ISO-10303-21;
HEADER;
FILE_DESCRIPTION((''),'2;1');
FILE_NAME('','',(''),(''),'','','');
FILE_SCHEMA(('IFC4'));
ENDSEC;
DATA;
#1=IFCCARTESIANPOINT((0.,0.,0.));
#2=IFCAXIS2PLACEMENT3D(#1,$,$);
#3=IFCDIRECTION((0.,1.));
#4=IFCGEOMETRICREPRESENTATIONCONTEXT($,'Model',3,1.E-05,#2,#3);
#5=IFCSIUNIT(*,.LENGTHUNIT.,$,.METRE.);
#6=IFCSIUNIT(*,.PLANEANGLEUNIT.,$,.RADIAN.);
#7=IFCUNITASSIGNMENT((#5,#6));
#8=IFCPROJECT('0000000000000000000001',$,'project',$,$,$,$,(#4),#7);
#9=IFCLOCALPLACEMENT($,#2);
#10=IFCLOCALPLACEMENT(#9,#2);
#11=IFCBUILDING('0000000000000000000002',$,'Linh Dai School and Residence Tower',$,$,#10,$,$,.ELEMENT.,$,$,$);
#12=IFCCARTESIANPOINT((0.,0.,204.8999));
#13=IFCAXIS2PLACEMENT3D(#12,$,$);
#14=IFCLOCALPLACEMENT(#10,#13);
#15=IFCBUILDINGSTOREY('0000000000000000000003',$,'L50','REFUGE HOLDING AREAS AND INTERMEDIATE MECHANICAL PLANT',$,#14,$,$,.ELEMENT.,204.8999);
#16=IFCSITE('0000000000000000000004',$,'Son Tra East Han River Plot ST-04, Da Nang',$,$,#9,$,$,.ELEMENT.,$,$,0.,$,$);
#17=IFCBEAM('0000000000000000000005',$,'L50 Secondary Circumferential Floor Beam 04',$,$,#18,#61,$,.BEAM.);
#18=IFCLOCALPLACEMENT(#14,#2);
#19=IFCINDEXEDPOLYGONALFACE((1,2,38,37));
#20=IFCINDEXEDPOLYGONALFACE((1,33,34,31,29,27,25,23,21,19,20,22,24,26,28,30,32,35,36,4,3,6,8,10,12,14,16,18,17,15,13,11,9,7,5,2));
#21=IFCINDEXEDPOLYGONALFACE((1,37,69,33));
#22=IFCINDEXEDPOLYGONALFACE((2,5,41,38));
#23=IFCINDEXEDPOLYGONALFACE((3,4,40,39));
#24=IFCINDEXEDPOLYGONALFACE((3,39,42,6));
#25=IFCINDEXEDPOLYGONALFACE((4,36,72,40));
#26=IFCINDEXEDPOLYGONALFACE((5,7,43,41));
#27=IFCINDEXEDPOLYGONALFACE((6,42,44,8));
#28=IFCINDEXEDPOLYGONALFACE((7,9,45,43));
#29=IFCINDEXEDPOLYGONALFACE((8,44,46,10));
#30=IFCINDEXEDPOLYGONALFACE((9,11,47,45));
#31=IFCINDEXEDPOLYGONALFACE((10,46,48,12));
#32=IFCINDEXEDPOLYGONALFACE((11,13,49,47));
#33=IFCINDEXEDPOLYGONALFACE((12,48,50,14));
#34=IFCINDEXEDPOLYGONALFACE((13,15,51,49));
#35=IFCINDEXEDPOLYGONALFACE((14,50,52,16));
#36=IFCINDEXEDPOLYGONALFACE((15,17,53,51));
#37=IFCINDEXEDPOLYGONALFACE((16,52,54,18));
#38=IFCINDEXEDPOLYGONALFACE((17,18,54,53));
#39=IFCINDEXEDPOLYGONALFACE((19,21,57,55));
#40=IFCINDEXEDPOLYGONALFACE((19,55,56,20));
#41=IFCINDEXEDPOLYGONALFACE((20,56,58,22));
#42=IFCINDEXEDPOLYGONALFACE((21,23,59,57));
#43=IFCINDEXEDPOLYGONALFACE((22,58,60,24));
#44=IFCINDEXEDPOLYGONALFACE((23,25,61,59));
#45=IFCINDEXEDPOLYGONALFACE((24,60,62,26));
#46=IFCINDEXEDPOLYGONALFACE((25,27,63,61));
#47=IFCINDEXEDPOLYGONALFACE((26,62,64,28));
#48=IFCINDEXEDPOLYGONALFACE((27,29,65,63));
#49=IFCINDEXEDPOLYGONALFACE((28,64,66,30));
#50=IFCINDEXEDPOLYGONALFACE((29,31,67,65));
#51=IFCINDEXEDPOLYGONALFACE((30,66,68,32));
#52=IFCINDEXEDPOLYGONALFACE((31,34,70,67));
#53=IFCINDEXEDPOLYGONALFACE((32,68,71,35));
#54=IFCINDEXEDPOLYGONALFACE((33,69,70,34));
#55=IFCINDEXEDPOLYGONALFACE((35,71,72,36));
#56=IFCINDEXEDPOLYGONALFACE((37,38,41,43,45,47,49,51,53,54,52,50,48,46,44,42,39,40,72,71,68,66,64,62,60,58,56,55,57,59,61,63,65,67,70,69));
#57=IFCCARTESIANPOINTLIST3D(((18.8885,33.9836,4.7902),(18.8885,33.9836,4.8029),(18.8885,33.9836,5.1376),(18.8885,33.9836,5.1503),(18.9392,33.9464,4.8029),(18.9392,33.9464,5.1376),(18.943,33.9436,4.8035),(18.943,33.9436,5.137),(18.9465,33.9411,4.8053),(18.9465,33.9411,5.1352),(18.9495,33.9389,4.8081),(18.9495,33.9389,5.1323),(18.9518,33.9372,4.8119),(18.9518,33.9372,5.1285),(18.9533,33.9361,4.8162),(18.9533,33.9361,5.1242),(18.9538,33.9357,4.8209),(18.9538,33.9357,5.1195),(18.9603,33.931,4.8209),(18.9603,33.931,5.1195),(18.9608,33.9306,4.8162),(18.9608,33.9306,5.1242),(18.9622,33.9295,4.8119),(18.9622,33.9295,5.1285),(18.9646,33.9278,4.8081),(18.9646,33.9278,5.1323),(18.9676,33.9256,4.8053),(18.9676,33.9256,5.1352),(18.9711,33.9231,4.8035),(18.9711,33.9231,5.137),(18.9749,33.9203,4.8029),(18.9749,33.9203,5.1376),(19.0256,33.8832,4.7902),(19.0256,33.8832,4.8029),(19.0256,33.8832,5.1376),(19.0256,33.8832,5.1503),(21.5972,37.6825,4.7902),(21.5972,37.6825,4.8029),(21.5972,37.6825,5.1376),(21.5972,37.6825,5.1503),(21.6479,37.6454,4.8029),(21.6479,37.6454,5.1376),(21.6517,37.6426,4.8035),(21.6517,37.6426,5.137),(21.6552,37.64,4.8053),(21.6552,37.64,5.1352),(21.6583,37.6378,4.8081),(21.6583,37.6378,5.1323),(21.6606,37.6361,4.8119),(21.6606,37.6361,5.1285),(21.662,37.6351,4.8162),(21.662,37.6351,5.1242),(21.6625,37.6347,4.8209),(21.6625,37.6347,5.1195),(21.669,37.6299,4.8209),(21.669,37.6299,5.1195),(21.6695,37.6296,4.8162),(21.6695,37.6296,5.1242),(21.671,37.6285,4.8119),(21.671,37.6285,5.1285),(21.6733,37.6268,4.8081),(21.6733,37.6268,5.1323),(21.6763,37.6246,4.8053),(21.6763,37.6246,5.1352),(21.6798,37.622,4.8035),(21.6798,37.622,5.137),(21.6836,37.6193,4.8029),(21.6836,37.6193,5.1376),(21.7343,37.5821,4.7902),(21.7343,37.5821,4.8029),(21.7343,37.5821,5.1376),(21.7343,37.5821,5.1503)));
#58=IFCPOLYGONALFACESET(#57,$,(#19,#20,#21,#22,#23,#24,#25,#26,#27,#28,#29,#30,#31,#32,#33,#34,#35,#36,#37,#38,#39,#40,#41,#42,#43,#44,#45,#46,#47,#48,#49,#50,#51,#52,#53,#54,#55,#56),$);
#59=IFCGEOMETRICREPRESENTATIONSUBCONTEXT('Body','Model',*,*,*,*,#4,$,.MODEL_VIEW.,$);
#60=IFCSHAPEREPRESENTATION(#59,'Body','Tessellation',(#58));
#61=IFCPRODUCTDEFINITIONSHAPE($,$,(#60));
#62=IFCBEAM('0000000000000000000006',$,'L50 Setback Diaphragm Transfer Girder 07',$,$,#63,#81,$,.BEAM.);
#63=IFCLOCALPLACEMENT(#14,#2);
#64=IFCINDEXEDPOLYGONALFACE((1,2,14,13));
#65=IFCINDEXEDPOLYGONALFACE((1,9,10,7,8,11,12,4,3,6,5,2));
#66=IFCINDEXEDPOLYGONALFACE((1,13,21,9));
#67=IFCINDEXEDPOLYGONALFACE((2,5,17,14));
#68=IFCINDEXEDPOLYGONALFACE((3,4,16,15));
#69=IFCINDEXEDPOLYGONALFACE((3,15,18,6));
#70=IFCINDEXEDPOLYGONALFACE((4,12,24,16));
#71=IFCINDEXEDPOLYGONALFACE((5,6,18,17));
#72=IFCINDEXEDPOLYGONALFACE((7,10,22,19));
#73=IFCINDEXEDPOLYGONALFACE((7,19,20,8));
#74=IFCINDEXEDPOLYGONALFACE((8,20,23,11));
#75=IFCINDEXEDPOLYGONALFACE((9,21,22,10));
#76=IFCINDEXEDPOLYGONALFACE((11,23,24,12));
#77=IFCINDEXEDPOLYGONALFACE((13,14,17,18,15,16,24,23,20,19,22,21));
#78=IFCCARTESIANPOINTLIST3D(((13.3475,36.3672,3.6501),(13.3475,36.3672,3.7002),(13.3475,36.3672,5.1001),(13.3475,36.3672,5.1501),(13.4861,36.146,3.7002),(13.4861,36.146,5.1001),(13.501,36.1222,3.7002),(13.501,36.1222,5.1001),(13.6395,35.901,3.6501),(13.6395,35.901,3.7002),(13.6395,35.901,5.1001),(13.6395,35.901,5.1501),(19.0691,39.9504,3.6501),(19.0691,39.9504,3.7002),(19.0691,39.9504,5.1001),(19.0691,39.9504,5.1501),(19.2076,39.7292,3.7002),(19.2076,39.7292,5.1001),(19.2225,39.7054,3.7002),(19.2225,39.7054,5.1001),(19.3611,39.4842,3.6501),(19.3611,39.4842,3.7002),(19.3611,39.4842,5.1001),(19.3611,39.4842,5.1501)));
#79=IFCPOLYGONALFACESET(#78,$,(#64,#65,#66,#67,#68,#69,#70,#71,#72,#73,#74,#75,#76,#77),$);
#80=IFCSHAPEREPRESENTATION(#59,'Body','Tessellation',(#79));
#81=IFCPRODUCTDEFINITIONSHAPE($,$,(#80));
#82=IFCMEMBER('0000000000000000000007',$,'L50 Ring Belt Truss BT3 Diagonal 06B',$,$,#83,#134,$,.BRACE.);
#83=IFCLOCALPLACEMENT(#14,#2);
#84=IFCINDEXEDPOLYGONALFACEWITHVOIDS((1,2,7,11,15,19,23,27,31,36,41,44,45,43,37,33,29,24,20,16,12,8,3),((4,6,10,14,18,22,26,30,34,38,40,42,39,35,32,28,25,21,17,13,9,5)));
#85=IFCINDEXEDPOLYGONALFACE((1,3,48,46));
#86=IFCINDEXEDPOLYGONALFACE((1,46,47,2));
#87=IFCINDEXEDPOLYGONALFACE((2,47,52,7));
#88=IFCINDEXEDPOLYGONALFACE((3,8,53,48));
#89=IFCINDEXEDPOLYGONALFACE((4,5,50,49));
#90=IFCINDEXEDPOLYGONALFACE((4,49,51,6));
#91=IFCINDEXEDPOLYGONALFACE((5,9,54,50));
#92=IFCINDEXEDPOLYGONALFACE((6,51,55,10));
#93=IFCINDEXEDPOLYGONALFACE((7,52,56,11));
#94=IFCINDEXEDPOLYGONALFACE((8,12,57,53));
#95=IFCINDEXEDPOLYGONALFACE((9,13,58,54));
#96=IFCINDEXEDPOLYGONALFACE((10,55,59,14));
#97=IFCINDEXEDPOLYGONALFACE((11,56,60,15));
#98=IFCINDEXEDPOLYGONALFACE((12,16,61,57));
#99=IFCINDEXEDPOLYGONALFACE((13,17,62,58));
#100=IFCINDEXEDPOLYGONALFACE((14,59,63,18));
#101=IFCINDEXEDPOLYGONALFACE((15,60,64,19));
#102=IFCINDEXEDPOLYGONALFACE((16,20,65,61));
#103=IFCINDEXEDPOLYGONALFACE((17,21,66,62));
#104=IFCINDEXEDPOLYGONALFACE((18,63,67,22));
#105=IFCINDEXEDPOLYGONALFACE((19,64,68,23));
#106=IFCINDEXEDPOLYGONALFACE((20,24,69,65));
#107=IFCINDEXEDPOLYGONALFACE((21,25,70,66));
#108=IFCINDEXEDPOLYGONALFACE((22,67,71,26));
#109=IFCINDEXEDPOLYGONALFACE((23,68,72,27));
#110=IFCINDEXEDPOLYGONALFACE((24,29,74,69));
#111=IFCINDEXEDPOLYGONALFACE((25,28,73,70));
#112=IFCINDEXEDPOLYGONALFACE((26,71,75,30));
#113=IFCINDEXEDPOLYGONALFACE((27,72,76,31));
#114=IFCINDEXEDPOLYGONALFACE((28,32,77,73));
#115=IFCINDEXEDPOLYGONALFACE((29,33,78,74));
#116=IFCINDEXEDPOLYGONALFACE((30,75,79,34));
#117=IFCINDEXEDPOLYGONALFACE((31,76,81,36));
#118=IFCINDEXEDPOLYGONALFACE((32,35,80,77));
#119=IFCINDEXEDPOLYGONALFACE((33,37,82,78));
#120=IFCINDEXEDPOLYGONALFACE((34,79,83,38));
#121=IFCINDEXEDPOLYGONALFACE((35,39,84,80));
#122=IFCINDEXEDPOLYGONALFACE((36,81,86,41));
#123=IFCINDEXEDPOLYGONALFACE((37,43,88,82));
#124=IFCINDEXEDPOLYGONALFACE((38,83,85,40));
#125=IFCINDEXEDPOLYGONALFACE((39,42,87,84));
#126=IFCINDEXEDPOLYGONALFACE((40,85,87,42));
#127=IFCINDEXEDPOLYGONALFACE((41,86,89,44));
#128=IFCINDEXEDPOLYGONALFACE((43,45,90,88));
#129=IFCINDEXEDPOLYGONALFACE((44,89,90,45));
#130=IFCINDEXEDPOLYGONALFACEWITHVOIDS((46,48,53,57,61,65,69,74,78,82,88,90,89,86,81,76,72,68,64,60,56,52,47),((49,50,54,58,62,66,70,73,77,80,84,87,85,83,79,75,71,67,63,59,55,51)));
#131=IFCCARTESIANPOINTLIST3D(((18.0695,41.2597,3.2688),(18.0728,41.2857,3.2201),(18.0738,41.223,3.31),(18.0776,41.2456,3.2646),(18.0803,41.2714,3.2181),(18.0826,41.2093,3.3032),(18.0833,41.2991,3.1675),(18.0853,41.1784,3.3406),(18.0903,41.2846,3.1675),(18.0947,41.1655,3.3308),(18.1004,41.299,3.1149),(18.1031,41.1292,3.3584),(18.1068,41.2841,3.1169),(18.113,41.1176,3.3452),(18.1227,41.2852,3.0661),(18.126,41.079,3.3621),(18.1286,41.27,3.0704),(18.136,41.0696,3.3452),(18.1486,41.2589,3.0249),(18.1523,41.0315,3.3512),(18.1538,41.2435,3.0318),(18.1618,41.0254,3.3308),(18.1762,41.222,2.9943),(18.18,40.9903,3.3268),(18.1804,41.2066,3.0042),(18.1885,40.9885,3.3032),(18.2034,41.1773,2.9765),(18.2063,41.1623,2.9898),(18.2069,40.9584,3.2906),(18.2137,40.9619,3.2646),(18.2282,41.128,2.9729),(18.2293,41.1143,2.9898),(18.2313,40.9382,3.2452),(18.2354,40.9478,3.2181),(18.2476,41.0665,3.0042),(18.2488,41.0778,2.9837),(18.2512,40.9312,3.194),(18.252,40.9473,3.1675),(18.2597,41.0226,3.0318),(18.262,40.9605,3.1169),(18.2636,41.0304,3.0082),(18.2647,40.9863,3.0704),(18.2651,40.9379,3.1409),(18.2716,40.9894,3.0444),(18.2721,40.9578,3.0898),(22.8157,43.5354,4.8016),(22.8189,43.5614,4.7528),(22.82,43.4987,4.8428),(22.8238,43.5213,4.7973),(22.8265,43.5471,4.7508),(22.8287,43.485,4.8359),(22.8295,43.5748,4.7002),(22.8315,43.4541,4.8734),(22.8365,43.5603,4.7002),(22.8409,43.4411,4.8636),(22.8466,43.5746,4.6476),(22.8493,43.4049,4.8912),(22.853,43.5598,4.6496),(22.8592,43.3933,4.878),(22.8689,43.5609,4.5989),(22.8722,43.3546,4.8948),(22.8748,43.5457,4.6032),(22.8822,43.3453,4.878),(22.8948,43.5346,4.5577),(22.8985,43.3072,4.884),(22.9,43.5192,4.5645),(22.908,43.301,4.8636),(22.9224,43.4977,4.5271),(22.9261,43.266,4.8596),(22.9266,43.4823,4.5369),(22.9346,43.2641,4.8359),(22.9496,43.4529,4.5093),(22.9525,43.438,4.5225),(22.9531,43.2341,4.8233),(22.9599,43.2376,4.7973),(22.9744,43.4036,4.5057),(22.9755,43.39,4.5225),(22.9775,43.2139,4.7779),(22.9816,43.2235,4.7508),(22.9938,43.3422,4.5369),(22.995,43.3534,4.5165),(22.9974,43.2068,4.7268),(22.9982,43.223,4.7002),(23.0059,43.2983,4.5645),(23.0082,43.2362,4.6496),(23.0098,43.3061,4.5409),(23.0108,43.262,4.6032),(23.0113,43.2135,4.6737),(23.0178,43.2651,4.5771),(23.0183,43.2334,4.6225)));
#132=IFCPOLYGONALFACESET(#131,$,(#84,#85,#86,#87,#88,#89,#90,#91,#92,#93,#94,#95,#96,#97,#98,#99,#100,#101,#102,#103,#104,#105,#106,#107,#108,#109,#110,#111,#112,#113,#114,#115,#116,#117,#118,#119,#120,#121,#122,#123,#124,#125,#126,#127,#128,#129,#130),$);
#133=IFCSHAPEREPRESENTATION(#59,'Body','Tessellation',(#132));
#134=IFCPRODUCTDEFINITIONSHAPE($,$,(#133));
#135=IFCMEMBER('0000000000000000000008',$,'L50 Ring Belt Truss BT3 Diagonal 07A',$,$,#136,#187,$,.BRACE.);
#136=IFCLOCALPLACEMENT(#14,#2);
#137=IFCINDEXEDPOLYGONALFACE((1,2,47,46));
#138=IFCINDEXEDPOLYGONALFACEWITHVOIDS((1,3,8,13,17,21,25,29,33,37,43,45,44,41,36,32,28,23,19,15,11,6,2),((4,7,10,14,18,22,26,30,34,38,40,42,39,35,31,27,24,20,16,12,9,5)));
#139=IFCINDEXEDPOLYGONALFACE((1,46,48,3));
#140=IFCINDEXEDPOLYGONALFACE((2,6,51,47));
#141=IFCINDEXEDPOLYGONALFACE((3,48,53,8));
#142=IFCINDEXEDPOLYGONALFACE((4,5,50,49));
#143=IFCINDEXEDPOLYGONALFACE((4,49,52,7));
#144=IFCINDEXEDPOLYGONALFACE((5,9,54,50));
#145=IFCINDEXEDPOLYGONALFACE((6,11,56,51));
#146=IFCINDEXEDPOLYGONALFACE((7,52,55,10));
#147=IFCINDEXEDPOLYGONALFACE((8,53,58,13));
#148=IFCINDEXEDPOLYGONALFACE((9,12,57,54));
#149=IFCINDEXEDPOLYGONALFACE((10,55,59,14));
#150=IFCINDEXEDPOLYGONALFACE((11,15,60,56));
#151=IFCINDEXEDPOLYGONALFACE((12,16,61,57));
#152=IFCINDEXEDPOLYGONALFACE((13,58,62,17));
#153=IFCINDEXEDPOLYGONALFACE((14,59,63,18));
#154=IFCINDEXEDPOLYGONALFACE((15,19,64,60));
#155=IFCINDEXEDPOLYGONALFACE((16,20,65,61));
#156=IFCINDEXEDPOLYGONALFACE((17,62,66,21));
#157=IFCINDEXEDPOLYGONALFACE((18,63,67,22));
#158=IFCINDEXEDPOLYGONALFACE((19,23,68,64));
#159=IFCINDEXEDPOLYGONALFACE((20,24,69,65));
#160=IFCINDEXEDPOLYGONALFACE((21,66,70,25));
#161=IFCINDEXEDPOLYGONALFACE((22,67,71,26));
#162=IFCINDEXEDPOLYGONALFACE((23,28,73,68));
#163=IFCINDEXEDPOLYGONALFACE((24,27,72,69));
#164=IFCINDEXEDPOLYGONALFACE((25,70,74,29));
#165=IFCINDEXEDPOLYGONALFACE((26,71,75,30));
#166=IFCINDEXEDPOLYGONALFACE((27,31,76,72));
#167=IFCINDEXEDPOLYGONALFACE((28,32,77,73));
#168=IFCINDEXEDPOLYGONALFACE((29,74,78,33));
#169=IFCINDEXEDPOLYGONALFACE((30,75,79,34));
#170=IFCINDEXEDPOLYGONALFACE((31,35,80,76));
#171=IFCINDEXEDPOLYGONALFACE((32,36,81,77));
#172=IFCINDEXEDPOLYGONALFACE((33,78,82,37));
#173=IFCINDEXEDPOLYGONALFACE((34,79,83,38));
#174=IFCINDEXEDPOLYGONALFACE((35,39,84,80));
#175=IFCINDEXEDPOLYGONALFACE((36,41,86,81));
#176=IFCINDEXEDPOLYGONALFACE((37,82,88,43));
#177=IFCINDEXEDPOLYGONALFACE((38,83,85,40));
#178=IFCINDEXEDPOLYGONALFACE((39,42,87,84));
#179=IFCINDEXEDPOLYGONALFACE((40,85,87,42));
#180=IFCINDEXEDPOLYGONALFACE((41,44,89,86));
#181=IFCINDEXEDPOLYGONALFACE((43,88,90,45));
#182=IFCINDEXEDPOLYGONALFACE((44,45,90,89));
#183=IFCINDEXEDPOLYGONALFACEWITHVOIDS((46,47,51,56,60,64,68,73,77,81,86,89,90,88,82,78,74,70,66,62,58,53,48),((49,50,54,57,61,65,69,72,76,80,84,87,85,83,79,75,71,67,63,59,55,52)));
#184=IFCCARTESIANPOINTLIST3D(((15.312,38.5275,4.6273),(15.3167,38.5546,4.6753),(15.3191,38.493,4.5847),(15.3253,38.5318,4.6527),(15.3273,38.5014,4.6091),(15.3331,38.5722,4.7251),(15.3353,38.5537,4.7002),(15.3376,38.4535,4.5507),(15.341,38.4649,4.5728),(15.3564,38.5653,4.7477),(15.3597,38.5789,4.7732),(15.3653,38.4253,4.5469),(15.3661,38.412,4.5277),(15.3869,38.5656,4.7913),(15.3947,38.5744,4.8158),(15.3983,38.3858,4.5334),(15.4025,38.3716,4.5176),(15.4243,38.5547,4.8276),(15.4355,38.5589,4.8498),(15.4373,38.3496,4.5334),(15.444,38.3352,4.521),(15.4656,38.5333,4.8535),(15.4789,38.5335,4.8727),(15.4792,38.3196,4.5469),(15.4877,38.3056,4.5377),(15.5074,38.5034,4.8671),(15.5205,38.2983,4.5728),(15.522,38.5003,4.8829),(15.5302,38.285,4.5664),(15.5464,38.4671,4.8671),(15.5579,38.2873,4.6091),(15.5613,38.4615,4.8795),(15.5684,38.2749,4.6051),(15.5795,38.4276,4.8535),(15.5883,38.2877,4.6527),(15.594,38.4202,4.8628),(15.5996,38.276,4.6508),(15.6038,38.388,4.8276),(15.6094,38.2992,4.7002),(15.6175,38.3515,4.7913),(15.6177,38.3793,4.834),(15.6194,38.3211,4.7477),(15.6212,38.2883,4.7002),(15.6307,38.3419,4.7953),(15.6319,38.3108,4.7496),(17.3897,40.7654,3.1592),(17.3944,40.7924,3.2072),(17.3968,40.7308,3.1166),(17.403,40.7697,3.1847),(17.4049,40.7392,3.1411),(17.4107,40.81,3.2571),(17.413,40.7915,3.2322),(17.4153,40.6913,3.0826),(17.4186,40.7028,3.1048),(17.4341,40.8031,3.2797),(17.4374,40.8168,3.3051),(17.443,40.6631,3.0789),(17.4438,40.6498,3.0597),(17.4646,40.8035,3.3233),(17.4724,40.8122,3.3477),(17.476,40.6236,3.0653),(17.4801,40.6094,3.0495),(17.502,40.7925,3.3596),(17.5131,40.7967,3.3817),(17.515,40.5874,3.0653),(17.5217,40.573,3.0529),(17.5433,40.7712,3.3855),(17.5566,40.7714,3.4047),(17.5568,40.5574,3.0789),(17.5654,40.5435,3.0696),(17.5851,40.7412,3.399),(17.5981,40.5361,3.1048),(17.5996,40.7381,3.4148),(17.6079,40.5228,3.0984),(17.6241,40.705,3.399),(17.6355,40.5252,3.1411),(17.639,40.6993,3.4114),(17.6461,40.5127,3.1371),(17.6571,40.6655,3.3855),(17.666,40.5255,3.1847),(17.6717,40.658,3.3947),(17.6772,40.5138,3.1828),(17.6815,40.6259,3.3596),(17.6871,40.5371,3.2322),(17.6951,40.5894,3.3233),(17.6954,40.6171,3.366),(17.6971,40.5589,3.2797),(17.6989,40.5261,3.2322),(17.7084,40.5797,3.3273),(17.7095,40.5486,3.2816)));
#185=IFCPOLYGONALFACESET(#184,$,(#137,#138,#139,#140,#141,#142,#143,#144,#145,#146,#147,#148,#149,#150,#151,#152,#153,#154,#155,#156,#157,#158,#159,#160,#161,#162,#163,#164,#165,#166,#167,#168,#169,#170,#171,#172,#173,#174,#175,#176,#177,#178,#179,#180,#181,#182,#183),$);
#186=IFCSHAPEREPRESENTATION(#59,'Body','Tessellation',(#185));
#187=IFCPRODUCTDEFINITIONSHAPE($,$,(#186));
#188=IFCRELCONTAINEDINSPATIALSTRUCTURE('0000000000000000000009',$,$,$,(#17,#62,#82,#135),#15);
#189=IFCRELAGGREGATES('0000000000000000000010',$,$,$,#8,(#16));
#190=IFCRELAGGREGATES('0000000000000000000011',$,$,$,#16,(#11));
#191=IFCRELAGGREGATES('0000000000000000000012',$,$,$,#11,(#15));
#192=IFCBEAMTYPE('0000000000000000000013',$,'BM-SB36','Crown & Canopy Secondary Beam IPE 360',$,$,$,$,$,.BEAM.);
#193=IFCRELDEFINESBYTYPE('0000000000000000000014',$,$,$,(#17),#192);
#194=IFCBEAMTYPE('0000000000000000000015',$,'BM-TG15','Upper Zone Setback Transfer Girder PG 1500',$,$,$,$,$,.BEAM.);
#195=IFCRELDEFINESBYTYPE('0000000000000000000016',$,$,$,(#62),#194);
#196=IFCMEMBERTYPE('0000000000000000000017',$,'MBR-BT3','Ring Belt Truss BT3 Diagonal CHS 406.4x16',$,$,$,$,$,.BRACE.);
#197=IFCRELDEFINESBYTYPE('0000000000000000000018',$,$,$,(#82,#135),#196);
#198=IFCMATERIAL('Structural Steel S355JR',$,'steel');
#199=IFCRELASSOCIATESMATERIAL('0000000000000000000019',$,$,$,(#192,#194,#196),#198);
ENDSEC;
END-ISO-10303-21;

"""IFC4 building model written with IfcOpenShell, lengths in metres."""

from ifc_helpers import new_model, si_unit, direction, frame, origin, origin_2d, place, context, subcontext, project, spatial, hollow_circle, i_section, extrude, material, material_profile, profile_set, type_object, element, save


model = new_model("IFC4")

# Units and contexts
model_context = context("Model", 3, precision=1e-05, world=origin(), true_north=direction((0.0, 1.0)))
body_context = subcontext(model_context, "Body", "Model", "MODEL_VIEW")
ifc_project = project(units=[si_unit("LENGTHUNIT", "METRE"), si_unit("PLANEANGLEUNIT", "RADIAN")], contexts=[model_context])

# Site, building, storey
site_placement = place(None, origin())
site = spatial("IfcSite", under=ifc_project, at=site_placement, Name="Son Tra East Han River Plot ST-04, Da Nang", CompositionType="ELEMENT", RefElevation=0.0)
building_placement = place(site_placement, origin())
building = spatial("IfcBuilding", under=site, at=building_placement, Name="Linh Dai School and Residence Tower", CompositionType="ELEMENT")
storey_placement = place(building_placement, frame((0.0, 0.0, 204.8999)))
storey = spatial("IfcBuildingStorey", under=building, at=storey_placement, Name="L50", Description="REFUGE HOLDING AREAS AND INTERMEDIATE MECHANICAL PLANT", CompositionType="ELEMENT", Elevation=204.8999)

# Shared definitions
ifc_material_1 = material(Name="Structural Steel S355JR", Category="steel")

# Beams
ifc_material_profile_1 = material_profile(ifc_material_1, i_section(OverallWidth=0.1699, OverallDepth=0.3601, WebThickness=0.0081, FlangeThickness=0.0127, FilletRadius=0.0181, at=origin_2d()), Name="IPE 360")
ifc_profile_set_1 = profile_set([ifc_material_profile_1], Name="Structural Steel S355JR")
beam_type_1 = type_object("IfcBeamType", Name="BM-SB36", Description="Crown & Canopy Secondary Beam IPE 360", PredefinedType="BEAM", material=ifc_profile_set_1)
beam_1_placement = place(storey_placement, frame((21.6658, 37.6323, 4.9702), z_axis=(-0.590819, -0.806804, 0.0), x_axis=(0.806804, -0.590819, 0.0)))
element("IfcBeam", 1, at=beam_1_placement, inside=storey, type_object=beam_type_1, Name="L50 Secondary Circumferential Floor Beam 04", PredefinedType="BEAM", context=body_context, shape_type="SweptSolid", body=[
    extrude(i_section(OverallWidth=0.1699, OverallDepth=0.3601, WebThickness=0.0081, FlangeThickness=0.0127, FilletRadius=0.0181, at=origin_2d()), origin(), (0.0, 0.0, 1.0), 4.5847),
])
ifc_material_profile_2 = material_profile(ifc_material_1, i_section(OverallWidth=0.55, OverallDepth=1.5, WebThickness=0.0281, FlangeThickness=0.05, at=origin_2d()), Name="PG 1500x550x28x50")
ifc_profile_set_2 = profile_set([ifc_material_profile_2], Name="Structural Steel S355JR")
beam_type_2 = type_object("IfcBeamType", Name="BM-TG15", Description="Upper Zone Setback Transfer Girder PG 1500", PredefinedType="BEAM", material=ifc_profile_set_2)
beam_2_placement = place(storey_placement, frame((19.2151, 39.7173, 4.4001), z_axis=(-0.847518, -0.530766, 0.0), x_axis=(0.530766, -0.847518, 0.0)))
element("IfcBeam", 2, at=beam_2_placement, inside=storey, type_object=beam_type_2, Name="L50 Setback Diaphragm Transfer Girder 07", PredefinedType="BEAM", context=body_context, shape_type="SweptSolid", body=[
    extrude(i_section(OverallWidth=0.55, OverallDepth=1.5, WebThickness=0.0281, FlangeThickness=0.05, at=origin_2d()), origin(), (0.0, 0.0, 1.0), 6.751),
])

# Members
ifc_material_profile_3 = material_profile(ifc_material_1, hollow_circle(Radius=0.2031, WallThickness=0.0161, at=origin_2d()), Name="CHS 406.4x16")
ifc_profile_set_3 = profile_set([ifc_material_profile_3], Name="Structural Steel S355JR")
member_type_1 = type_object("IfcMemberType", Name="MBR-BT3", Description="Ring Belt Truss BT3 Diagonal CHS 406.4x16", PredefinedType="BRACE", material=ifc_profile_set_3)
member_1_placement = place(storey_placement, frame((18.1711, 41.116, 3.1675), z_axis=(0.865748, 0.415105, 0.279587), x_axis=(-0.432347, 0.901708, 0.0)))
element("IfcMember", 3, at=member_1_placement, inside=storey, type_object=member_type_1, Name="L50 Ring Belt Truss BT3 Diagonal 06B", PredefinedType="BRACE", context=body_context, shape_type="SweptSolid", body=[
    extrude(hollow_circle(Radius=0.2031, WallThickness=0.0161, at=origin_2d()), origin(), (0.0, 0.0, 1.0), 5.4822),
])
member_2_placement = place(storey_placement, frame((17.55, 40.6643, 3.2322), z_axis=(-0.613212, -0.660482, 0.433284), x_axis=(0.732845, -0.680396, 0.0)))
element("IfcMember", 4, at=member_2_placement, inside=storey, type_object=member_type_1, Name="L50 Ring Belt Truss BT3 Diagonal 07A", PredefinedType="BRACE", context=body_context, shape_type="SweptSolid", body=[
    extrude(hollow_circle(Radius=0.2031, WallThickness=0.0161, at=origin_2d()), origin(), (0.0, 0.0, 1.0), 3.3882),
])

save(model, "model.ifc")
